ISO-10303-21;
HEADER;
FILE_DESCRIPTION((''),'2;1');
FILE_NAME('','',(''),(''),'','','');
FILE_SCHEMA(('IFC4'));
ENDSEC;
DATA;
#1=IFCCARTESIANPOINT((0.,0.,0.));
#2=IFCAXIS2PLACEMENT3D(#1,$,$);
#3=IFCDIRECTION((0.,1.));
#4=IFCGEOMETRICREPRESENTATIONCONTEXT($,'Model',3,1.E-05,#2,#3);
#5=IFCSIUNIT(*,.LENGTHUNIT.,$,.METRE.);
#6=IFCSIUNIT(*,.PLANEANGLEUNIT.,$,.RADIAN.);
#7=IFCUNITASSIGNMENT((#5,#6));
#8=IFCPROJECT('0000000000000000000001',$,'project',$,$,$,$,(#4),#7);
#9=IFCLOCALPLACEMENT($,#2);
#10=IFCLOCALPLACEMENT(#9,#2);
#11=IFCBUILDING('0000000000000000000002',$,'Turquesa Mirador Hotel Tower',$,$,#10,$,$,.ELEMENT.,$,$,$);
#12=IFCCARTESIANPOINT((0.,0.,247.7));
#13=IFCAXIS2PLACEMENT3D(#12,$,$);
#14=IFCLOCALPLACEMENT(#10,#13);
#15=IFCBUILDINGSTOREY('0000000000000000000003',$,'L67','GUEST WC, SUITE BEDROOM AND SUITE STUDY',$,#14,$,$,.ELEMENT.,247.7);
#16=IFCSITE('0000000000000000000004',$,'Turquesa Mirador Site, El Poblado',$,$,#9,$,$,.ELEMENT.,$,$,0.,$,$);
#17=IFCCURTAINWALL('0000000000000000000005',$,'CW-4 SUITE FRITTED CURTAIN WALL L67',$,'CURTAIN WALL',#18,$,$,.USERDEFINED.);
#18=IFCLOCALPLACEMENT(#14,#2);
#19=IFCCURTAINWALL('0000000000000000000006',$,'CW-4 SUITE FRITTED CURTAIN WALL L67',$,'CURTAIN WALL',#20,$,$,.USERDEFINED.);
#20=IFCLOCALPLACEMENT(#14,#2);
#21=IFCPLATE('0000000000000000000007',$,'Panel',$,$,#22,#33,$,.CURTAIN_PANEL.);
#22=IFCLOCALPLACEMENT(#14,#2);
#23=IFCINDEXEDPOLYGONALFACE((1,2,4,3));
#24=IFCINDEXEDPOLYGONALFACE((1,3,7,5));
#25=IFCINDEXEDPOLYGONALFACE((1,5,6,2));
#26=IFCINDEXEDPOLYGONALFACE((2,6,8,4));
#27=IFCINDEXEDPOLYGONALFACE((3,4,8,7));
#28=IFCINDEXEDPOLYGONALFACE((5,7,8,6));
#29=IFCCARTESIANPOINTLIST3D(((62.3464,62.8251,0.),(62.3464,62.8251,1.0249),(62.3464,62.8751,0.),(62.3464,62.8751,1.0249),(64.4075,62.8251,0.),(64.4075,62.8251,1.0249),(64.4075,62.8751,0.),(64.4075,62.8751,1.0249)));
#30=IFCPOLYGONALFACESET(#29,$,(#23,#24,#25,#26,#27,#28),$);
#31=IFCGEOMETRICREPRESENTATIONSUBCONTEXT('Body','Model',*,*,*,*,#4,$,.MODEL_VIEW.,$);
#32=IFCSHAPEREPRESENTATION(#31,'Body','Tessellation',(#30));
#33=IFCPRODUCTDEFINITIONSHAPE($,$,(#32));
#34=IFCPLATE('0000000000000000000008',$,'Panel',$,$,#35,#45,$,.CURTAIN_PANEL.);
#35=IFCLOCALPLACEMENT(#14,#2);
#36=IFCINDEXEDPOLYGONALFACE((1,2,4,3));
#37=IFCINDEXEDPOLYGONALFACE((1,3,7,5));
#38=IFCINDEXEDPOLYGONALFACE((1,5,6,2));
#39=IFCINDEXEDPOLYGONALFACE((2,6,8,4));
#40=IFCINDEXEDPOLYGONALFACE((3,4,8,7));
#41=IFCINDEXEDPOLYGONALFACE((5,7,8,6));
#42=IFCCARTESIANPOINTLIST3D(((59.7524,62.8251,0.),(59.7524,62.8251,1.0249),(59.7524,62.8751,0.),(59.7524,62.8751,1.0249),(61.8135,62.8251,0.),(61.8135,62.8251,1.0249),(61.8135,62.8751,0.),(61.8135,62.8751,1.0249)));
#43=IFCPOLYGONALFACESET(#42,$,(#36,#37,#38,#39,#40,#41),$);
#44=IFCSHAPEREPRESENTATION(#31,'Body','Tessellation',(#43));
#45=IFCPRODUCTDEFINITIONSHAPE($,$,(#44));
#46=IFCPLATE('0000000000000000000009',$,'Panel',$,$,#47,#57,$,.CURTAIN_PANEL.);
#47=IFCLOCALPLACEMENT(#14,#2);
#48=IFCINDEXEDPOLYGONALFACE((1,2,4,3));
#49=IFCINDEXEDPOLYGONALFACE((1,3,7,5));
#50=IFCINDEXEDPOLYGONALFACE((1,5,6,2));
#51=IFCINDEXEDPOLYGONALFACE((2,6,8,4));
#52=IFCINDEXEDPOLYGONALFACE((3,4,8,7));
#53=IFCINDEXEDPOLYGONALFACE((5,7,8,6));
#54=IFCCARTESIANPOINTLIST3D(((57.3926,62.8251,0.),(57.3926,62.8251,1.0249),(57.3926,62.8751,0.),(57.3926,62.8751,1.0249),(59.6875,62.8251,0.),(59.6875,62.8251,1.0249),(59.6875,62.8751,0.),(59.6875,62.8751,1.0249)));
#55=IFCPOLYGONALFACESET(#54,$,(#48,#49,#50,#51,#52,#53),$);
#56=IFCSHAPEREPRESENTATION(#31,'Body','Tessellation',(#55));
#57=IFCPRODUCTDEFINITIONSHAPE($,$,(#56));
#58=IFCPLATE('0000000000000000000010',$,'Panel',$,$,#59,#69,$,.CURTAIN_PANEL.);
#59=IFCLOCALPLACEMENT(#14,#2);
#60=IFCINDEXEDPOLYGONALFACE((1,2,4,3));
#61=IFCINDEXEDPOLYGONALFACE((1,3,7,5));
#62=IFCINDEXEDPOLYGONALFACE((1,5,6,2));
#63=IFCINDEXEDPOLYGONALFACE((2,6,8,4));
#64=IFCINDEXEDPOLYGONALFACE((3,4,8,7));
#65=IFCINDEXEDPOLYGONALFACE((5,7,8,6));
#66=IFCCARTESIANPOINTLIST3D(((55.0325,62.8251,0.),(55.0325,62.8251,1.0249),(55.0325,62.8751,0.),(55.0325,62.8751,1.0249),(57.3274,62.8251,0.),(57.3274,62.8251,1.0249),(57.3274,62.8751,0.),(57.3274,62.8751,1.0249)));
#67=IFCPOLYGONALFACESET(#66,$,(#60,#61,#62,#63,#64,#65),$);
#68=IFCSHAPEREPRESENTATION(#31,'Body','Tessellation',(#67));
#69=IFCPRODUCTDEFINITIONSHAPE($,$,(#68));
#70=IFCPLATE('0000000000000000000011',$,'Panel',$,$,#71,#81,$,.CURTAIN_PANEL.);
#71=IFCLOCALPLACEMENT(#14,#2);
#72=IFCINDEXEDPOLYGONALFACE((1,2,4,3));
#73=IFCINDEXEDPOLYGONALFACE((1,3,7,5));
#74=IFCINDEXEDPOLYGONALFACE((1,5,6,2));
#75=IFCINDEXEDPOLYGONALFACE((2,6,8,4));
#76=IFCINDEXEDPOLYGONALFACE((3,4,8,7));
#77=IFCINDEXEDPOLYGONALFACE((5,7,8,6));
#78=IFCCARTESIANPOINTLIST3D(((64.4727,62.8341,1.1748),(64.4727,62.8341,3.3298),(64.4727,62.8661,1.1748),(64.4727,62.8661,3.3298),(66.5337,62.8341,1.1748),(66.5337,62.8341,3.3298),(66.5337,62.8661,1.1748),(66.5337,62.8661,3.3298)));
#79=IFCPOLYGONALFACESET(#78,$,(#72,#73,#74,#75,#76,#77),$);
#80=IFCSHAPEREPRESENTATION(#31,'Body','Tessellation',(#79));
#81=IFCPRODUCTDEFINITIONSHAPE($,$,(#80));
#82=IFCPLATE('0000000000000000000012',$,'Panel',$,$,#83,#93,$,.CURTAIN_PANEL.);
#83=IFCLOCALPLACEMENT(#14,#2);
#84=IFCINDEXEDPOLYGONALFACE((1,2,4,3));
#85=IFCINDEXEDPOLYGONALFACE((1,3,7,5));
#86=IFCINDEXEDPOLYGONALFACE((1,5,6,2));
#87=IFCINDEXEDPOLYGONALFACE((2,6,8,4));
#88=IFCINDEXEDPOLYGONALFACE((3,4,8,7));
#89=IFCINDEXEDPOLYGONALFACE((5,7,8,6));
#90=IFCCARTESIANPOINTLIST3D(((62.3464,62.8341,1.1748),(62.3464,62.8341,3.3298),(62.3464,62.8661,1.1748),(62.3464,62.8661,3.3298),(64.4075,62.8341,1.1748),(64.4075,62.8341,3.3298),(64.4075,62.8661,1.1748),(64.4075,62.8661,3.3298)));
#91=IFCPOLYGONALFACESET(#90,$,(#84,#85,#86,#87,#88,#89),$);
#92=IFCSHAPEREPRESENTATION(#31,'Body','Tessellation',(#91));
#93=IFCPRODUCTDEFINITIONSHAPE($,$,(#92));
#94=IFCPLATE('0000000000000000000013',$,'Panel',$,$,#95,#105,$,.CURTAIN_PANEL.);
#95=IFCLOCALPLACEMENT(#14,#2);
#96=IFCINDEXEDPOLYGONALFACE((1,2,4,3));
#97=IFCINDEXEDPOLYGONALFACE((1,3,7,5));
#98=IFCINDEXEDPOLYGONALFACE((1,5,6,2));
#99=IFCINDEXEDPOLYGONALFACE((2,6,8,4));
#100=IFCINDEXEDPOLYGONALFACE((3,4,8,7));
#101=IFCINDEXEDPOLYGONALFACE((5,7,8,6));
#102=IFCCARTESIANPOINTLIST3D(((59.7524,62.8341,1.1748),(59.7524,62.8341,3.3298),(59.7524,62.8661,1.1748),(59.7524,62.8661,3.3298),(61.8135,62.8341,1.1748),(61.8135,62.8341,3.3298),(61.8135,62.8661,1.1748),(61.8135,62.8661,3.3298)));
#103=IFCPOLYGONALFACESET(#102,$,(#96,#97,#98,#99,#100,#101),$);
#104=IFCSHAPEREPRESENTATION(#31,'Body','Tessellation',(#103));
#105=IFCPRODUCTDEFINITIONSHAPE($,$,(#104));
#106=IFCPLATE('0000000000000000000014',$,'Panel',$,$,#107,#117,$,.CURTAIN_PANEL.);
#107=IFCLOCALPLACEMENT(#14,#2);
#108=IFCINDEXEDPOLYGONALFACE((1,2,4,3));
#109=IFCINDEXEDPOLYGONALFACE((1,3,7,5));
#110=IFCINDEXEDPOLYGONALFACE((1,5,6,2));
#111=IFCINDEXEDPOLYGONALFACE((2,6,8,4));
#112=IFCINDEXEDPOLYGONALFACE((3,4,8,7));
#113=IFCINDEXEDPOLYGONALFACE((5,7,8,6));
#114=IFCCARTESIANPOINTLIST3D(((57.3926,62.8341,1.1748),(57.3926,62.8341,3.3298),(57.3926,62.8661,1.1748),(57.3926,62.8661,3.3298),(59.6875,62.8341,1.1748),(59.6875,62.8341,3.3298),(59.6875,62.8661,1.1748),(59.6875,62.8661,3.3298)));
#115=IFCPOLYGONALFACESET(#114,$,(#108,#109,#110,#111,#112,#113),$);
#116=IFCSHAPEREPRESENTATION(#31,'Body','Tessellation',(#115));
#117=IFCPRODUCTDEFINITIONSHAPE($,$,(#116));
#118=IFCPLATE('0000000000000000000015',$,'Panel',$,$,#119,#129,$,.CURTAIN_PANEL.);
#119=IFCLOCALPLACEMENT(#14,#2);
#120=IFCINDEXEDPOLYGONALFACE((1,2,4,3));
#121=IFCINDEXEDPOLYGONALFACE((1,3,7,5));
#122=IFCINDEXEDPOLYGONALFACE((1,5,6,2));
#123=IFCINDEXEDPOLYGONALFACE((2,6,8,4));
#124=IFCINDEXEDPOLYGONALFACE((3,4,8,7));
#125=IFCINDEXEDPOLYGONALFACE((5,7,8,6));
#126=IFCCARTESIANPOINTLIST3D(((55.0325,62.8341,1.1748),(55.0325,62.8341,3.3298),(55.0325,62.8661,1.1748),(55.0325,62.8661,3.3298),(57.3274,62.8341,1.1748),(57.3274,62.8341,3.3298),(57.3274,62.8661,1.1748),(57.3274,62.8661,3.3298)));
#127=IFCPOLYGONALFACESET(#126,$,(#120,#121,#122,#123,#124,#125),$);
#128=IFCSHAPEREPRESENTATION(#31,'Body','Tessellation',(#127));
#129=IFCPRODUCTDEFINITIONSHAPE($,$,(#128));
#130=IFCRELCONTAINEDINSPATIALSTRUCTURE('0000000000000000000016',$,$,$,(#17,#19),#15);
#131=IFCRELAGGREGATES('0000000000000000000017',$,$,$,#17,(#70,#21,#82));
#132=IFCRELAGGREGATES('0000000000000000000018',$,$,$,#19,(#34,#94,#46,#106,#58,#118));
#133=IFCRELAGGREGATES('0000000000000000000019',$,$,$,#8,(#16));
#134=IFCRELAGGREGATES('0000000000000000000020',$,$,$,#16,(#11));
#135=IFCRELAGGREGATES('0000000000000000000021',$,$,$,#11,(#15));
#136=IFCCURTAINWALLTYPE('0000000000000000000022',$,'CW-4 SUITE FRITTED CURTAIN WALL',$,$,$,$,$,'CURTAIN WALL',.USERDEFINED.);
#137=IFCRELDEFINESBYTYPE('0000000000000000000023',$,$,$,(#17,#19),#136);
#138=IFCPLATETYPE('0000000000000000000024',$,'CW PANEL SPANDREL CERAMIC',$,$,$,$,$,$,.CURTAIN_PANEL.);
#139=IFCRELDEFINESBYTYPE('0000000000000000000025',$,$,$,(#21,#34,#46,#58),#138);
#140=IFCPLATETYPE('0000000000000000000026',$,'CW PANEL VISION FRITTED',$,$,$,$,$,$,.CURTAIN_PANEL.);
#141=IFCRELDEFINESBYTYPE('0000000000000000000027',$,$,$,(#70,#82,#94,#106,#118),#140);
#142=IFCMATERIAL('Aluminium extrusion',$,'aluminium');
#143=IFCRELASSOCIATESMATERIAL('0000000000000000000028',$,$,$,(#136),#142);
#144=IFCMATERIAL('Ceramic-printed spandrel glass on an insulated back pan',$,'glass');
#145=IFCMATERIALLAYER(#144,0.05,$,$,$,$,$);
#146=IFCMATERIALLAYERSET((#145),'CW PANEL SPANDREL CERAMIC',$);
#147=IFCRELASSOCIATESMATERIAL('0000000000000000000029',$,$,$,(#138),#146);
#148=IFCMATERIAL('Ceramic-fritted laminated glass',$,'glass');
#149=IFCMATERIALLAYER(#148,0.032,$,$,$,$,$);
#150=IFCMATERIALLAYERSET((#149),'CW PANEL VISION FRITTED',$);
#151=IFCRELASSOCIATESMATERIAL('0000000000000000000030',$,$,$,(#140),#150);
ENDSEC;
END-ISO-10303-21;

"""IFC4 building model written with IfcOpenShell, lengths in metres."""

from ifc_helpers import new_model, si_unit, direction, frame, origin, origin_2d, place, context, subcontext, project, spatial, rectangle, extrude, material, layer, layer_set, type_object, element, aggregate, save


model = new_model("IFC4")

# Units and contexts
model_context = context("Model", 3, precision=1e-05, world=origin(), true_north=direction((0.0, 1.0)))
body_context = subcontext(model_context, "Body", "Model", "MODEL_VIEW")
ifc_project = project(units=[si_unit("LENGTHUNIT", "METRE"), si_unit("PLANEANGLEUNIT", "RADIAN")], contexts=[model_context])

# Site, building, storey
site_placement = place(None, origin())
site = spatial("IfcSite", under=ifc_project, at=site_placement, Name="Turquesa Mirador Site, El Poblado", CompositionType="ELEMENT", RefElevation=0.0)
building_placement = place(site_placement, origin())
building = spatial("IfcBuilding", under=site, at=building_placement, Name="Turquesa Mirador Hotel Tower", CompositionType="ELEMENT")
storey_placement = place(building_placement, frame((0.0, 0.0, 247.7)))
storey = spatial("IfcBuildingStorey", under=building, at=storey_placement, Name="L67", Description="GUEST WC, SUITE BEDROOM AND SUITE STUDY", CompositionType="ELEMENT", Elevation=247.7)

# Shared definitions
ifc_material_1 = material(Name="Aluminium extrusion", Category="aluminium")
curtain_wall_type = type_object("IfcCurtainWallType", Name="CW-4 SUITE FRITTED CURTAIN WALL", ElementType="CURTAIN WALL", PredefinedType="USERDEFINED", material=ifc_material_1)

# Curtain walls
curtain_wall_1_placement = place(storey_placement, origin())
curtain_wall_1 = element("IfcCurtainWall", 1, at=curtain_wall_1_placement, inside=storey, type_object=curtain_wall_type, Name="CW-4 SUITE FRITTED CURTAIN WALL L67", ObjectType="CURTAIN WALL", PredefinedType="USERDEFINED")
curtain_wall_2_placement = place(storey_placement, origin())
curtain_wall_2 = element("IfcCurtainWall", 2, at=curtain_wall_2_placement, inside=storey, type_object=curtain_wall_type, Name="CW-4 SUITE FRITTED CURTAIN WALL L67", ObjectType="CURTAIN WALL", PredefinedType="USERDEFINED")

# Plates
ifc_material_2 = material(Name="Ceramic-printed spandrel glass on an insulated back pan", Category="glass")
ifc_layer_1 = layer(ifc_material_2, 0.05)
ifc_layer_set_1 = layer_set([ifc_layer_1], Name="CW PANEL SPANDREL CERAMIC")
plate_type_1 = type_object("IfcPlateType", Name="CW PANEL SPANDREL CERAMIC", PredefinedType="CURTAIN_PANEL", material=ifc_layer_set_1)
plate_1_placement = place(storey_placement, frame((63.377, 62.8501, 0.0), z_axis=(0.0, 0.0, 1.0), x_axis=(-1.0, 0.0, 0.0)))
plate_1 = element("IfcPlate", 3, at=plate_1_placement, type_object=plate_type_1, Name="Panel", PredefinedType="CURTAIN_PANEL", context=body_context, shape_type="SweptSolid", body=[
    extrude(rectangle(XDim=2.061, YDim=0.05, at=origin_2d()), origin(), (0.0, 0.0, 1.0), 1.0249),
])
plate_2_placement = place(storey_placement, frame((60.783, 62.8501, 0.0), z_axis=(0.0, 0.0, 1.0), x_axis=(-1.0, 0.0, 0.0)))
plate_2 = element("IfcPlate", 4, at=plate_2_placement, type_object=plate_type_1, Name="Panel", PredefinedType="CURTAIN_PANEL", context=body_context, shape_type="SweptSolid", body=[
    extrude(rectangle(XDim=2.061, YDim=0.05, at=origin_2d()), origin(), (0.0, 0.0, 1.0), 1.0249),
])
plate_3_placement = place(storey_placement, frame((58.54, 62.8501, 0.0), z_axis=(0.0, 0.0, 1.0), x_axis=(-1.0, 0.0, 0.0)))
plate_3 = element("IfcPlate", 5, at=plate_3_placement, type_object=plate_type_1, Name="Panel", PredefinedType="CURTAIN_PANEL", context=body_context, shape_type="SweptSolid", body=[
    extrude(rectangle(XDim=2.2949, YDim=0.05, at=origin_2d()), origin(), (0.0, 0.0, 1.0), 1.0249),
])
plate_4_placement = place(storey_placement, frame((56.1799, 62.8501, 0.0), z_axis=(0.0, 0.0, 1.0), x_axis=(-1.0, 0.0, 0.0)))
plate_4 = element("IfcPlate", 6, at=plate_4_placement, type_object=plate_type_1, Name="Panel", PredefinedType="CURTAIN_PANEL", context=body_context, shape_type="SweptSolid", body=[
    extrude(rectangle(XDim=2.2949, YDim=0.05, at=origin_2d()), origin(), (0.0, 0.0, 1.0), 1.0249),
])
ifc_material_3 = material(Name="Ceramic-fritted laminated glass", Category="glass")
ifc_layer_2 = layer(ifc_material_3, 0.032)
ifc_layer_set_2 = layer_set([ifc_layer_2], Name="CW PANEL VISION FRITTED")
plate_type_2 = type_object("IfcPlateType", Name="CW PANEL VISION FRITTED", PredefinedType="CURTAIN_PANEL", material=ifc_layer_set_2)
plate_5_placement = place(storey_placement, frame((65.5032, 62.8501, 1.1748), z_axis=(0.0, 0.0, 1.0), x_axis=(-1.0, 0.0, 0.0)))
plate_5 = element("IfcPlate", 7, at=plate_5_placement, type_object=plate_type_2, Name="Panel", PredefinedType="CURTAIN_PANEL", context=body_context, shape_type="SweptSolid", body=[
    extrude(rectangle(XDim=2.061, YDim=0.032, at=origin_2d()), origin(), (0.0, 0.0, 1.0), 2.155),
])
plate_6_placement = place(storey_placement, frame((63.377, 62.8501, 1.1748), z_axis=(0.0, 0.0, 1.0), x_axis=(-1.0, 0.0, 0.0)))
plate_6 = element("IfcPlate", 8, at=plate_6_placement, type_object=plate_type_2, Name="Panel", PredefinedType="CURTAIN_PANEL", context=body_context, shape_type="SweptSolid", body=[
    extrude(rectangle(XDim=2.061, YDim=0.032, at=origin_2d()), origin(), (0.0, 0.0, 1.0), 2.155),
])
aggregate(curtain_wall_1, [plate_5, plate_1, plate_6])
plate_7_placement = place(storey_placement, frame((60.783, 62.8501, 1.1748), z_axis=(0.0, 0.0, 1.0), x_axis=(-1.0, 0.0, 0.0)))
plate_7 = element("IfcPlate", 9, at=plate_7_placement, type_object=plate_type_2, Name="Panel", PredefinedType="CURTAIN_PANEL", context=body_context, shape_type="SweptSolid", body=[
    extrude(rectangle(XDim=2.061, YDim=0.032, at=origin_2d()), origin(), (0.0, 0.0, 1.0), 2.155),
])
plate_8_placement = place(storey_placement, frame((58.54, 62.8501, 1.1748), z_axis=(0.0, 0.0, 1.0), x_axis=(-1.0, 0.0, 0.0)))
plate_8 = element("IfcPlate", 10, at=plate_8_placement, type_object=plate_type_2, Name="Panel", PredefinedType="CURTAIN_PANEL", context=body_context, shape_type="SweptSolid", body=[
    extrude(rectangle(XDim=2.2949, YDim=0.032, at=origin_2d()), origin(), (0.0, 0.0, 1.0), 2.155),
])
plate_9_placement = place(storey_placement, frame((56.1799, 62.8501, 1.1748), z_axis=(0.0, 0.0, 1.0), x_axis=(-1.0, 0.0, 0.0)))
plate_9 = element("IfcPlate", 11, at=plate_9_placement, type_object=plate_type_2, Name="Panel", PredefinedType="CURTAIN_PANEL", context=body_context, shape_type="SweptSolid", body=[
    extrude(rectangle(XDim=2.2949, YDim=0.032, at=origin_2d()), origin(), (0.0, 0.0, 1.0), 2.155),
])
aggregate(curtain_wall_2, [plate_2, plate_7, plate_3, plate_8, plate_4, plate_9])

save(model, "model.ifc")
